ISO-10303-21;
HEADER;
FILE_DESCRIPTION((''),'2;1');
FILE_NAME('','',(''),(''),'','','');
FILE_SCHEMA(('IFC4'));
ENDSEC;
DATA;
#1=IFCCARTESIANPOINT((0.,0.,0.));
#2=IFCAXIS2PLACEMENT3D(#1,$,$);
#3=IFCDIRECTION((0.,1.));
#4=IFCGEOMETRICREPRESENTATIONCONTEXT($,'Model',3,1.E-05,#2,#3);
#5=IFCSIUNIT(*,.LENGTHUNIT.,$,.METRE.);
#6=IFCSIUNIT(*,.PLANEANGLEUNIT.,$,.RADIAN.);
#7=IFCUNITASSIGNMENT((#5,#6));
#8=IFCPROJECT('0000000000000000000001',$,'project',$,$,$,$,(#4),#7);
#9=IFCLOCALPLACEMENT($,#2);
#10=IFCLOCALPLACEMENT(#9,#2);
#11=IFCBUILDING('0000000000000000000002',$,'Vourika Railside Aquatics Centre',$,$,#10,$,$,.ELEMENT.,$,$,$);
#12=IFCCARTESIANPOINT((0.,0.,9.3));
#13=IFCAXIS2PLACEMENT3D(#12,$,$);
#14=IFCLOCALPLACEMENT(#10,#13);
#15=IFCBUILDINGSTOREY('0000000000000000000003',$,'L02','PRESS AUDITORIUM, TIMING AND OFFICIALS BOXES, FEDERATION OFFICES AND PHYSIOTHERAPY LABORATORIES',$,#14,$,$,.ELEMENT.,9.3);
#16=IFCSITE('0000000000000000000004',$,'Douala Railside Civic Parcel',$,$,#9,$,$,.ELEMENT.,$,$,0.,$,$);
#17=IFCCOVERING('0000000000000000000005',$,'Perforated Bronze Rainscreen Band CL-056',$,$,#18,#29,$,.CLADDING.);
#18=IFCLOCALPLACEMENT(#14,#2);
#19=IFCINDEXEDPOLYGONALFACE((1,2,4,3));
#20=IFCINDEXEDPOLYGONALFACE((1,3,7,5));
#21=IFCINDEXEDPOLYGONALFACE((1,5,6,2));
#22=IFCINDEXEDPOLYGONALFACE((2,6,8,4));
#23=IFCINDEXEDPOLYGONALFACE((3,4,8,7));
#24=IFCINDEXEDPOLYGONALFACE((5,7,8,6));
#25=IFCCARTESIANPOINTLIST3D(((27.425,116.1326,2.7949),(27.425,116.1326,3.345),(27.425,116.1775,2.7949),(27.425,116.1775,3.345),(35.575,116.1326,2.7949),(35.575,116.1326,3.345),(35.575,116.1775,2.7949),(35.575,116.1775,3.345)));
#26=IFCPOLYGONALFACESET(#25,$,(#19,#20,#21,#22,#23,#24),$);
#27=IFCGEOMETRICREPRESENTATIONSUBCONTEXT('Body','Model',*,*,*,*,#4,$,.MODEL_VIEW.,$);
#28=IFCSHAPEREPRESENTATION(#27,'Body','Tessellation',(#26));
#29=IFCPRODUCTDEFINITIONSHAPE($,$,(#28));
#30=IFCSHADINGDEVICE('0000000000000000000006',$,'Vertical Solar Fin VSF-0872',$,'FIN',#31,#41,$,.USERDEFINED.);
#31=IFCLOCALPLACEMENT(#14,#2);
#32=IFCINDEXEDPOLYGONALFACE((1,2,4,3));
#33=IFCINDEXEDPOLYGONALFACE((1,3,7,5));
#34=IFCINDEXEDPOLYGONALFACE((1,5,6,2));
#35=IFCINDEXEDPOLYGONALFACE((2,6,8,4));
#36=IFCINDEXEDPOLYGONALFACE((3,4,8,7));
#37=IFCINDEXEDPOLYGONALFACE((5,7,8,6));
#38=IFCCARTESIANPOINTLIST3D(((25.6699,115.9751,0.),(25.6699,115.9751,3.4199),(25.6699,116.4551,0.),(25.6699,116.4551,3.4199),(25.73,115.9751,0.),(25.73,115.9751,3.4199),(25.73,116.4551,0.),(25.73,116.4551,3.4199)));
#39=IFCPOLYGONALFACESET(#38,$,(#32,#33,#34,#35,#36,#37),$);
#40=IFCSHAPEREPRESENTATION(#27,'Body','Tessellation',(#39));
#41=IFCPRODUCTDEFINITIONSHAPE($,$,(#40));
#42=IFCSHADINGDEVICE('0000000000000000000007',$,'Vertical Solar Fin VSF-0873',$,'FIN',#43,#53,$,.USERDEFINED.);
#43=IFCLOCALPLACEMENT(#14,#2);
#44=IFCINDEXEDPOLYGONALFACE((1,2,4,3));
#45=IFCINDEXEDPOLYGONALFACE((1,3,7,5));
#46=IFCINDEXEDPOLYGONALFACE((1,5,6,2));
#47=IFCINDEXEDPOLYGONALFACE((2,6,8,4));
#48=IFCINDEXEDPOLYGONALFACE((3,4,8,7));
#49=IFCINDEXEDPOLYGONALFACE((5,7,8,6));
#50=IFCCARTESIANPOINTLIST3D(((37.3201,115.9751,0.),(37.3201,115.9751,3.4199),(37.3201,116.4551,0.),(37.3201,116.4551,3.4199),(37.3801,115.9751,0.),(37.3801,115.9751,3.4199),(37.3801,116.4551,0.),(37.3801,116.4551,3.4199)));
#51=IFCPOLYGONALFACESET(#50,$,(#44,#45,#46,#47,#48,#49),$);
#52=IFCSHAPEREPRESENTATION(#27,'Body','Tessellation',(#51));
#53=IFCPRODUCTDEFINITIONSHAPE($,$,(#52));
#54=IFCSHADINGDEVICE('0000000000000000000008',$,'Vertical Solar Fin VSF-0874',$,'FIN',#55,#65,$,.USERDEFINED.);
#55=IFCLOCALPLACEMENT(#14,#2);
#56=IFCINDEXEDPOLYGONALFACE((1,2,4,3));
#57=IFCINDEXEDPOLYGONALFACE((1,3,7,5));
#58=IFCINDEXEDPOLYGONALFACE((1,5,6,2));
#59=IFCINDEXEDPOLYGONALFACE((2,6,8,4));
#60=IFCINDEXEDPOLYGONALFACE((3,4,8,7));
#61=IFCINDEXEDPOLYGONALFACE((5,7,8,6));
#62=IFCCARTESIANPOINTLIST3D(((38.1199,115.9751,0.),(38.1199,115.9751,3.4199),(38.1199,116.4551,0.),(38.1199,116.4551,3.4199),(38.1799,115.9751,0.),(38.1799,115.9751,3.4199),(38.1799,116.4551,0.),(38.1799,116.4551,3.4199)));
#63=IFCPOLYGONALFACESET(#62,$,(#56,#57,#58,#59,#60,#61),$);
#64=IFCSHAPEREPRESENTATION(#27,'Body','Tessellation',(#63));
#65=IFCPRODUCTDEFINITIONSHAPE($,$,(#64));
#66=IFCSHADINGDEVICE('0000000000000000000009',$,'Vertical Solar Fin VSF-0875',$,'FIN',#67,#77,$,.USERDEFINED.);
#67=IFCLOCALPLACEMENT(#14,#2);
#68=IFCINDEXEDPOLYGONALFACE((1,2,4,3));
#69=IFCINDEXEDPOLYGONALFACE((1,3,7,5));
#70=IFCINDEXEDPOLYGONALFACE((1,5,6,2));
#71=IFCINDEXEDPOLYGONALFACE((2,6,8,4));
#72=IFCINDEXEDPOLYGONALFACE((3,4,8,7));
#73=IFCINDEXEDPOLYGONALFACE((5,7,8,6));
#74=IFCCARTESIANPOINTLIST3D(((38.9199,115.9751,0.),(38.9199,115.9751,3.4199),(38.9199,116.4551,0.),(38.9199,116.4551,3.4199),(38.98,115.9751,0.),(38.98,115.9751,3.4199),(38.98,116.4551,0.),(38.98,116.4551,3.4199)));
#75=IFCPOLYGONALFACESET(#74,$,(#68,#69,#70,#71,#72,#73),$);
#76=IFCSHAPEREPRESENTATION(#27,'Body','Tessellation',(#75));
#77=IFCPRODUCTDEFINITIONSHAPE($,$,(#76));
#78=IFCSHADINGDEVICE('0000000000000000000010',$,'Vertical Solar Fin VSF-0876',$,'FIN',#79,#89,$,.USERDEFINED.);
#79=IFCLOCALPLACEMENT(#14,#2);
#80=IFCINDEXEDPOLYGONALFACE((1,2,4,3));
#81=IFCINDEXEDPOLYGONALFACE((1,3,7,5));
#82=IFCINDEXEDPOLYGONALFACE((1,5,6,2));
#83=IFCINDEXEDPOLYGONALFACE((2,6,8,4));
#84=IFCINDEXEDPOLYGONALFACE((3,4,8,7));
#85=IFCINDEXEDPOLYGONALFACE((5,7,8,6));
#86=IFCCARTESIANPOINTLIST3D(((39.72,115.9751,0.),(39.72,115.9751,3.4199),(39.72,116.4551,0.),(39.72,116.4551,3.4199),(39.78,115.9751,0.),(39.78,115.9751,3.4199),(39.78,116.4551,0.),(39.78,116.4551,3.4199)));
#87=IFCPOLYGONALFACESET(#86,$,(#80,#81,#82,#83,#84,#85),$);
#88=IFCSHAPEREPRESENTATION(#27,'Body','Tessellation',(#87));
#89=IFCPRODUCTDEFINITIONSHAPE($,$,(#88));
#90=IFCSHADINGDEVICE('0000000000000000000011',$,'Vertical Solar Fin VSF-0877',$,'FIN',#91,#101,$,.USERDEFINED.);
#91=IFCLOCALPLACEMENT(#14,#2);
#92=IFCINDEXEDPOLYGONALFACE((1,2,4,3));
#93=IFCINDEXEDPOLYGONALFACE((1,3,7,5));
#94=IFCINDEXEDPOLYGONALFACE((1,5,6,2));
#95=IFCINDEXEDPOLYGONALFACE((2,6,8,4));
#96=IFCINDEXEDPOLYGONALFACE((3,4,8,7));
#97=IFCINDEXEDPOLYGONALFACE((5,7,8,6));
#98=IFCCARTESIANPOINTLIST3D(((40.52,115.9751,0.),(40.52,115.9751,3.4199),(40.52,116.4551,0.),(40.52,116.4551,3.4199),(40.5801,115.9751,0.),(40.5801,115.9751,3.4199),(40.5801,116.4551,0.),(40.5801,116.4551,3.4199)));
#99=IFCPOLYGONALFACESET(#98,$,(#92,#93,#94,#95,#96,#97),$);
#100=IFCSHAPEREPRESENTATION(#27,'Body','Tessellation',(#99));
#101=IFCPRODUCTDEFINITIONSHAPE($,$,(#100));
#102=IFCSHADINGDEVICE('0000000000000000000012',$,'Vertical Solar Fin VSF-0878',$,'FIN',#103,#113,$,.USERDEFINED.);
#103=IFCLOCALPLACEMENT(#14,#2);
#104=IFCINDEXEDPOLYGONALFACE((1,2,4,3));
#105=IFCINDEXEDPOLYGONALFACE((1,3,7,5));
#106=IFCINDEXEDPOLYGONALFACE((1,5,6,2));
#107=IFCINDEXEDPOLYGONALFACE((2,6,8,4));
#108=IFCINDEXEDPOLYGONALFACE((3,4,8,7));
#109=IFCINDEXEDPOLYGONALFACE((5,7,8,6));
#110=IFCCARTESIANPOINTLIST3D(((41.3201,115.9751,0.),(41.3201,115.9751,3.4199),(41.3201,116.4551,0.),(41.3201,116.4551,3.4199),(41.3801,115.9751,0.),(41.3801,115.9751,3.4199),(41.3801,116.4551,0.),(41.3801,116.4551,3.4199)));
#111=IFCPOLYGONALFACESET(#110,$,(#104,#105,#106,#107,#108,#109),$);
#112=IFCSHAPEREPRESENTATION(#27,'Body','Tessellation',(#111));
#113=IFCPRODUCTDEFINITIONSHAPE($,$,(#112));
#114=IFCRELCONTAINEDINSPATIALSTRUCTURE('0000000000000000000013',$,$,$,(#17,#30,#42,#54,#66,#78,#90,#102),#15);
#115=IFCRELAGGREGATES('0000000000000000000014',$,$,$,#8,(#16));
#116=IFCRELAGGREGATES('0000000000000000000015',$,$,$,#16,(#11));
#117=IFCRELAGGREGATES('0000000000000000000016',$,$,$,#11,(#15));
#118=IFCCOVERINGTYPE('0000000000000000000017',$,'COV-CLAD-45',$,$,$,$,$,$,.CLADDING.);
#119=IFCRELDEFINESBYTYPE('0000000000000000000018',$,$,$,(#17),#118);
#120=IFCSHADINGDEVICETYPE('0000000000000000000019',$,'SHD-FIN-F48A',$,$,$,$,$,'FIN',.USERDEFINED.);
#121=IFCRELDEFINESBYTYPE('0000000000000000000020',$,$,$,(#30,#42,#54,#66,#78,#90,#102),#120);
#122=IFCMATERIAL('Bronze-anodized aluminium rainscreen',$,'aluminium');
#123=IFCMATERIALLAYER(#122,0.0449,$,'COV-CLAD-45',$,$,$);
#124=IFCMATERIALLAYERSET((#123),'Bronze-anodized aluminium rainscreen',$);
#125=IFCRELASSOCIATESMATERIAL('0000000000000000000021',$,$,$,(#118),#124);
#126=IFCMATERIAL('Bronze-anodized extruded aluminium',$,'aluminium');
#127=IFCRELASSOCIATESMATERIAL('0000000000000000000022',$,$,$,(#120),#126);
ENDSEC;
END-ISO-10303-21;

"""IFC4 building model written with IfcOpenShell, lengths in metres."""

from ifc_helpers import new_model, si_unit, direction, frame, origin, origin_2d, place, context, subcontext, project, spatial, rectangle, extrude, material, layer, layer_set, material_profile, profile_set, type_object, element, save


model = new_model("IFC4")

# Units and contexts
model_context = context("Model", 3, precision=1e-05, world=origin(), true_north=direction((0.0, 1.0)))
body_context = subcontext(model_context, "Body", "Model", "MODEL_VIEW")
ifc_project = project(units=[si_unit("LENGTHUNIT", "METRE"), si_unit("PLANEANGLEUNIT", "RADIAN")], contexts=[model_context])

# Site, building, storey
site_placement = place(None, origin())
site = spatial("IfcSite", under=ifc_project, at=site_placement, Name="Douala Railside Civic Parcel", CompositionType="ELEMENT", RefElevation=0.0)
building_placement = place(site_placement, origin())
building = spatial("IfcBuilding", under=site, at=building_placement, Name="Vourika Railside Aquatics Centre", CompositionType="ELEMENT")
storey_placement = place(building_placement, frame((0.0, 0.0, 9.3)))
storey = spatial("IfcBuildingStorey", under=building, at=storey_placement, Name="L02", Description="PRESS AUDITORIUM, TIMING AND OFFICIALS BOXES, FEDERATION OFFICES AND PHYSIOTHERAPY LABORATORIES", CompositionType="ELEMENT", Elevation=9.3)

# Covering
ifc_material_1 = material(Name="Bronze-anodized aluminium rainscreen", Category="aluminium")
ifc_layer_1 = layer(ifc_material_1, 0.0449, Name="COV-CLAD-45")
ifc_layer_set_1 = layer_set([ifc_layer_1], Name="Bronze-anodized aluminium rainscreen")
covering_type = type_object("IfcCoveringType", Name="COV-CLAD-45", PredefinedType="CLADDING", material=ifc_layer_set_1)
covering_placement = place(storey_placement, frame((31.5, 116.155, 2.7949), z_axis=(0.0, 0.0, 1.0), x_axis=(-1.0, 0.0, 0.0)))
element("IfcCovering", 1, at=covering_placement, inside=storey, type_object=covering_type, Name="Perforated Bronze Rainscreen Band CL-056", PredefinedType="CLADDING", context=body_context, shape_type="SweptSolid", body=[
    extrude(rectangle(XDim=8.1499, YDim=0.0449, at=origin_2d()), origin(), (0.0, 0.0, 1.0), 0.55),
])

# Shading devices
ifc_material_2 = material(Name="Bronze-anodized extruded aluminium", Category="aluminium")
ifc_material_profile_1 = material_profile(ifc_material_2, rectangle(XDim=0.0601, YDim=0.48, at=origin_2d()), Name="ALU-FIN 60x480")
ifc_profile_set_1 = profile_set([ifc_material_profile_1], Name="Bronze-anodized extruded aluminium")
shading_device_type = type_object("IfcShadingDeviceType", Name="SHD-FIN-F48A", ElementType="FIN", PredefinedType="USERDEFINED", material=ifc_profile_set_1)
for number, where, z_axis, x_axis, name in (
    (2, (25.7, 116.2151, 0.0), (0.0, 0.0, 1.0), (1.0, 0.0, 0.0), "Vertical Solar Fin VSF-0872"),
    (3, (37.3501, 116.2151, 0.0), (0.0, 0.0, 1.0), (1.0, 0.0, 0.0), "Vertical Solar Fin VSF-0873"),
    (4, (38.1499, 116.2151, 0.0), (0.0, 0.0, 1.0), (1.0, 0.0, 0.0), "Vertical Solar Fin VSF-0874"),
    (5, (38.95, 116.2151, 0.0), (0.0, 0.0, 1.0), (1.0, 0.0, 0.0), "Vertical Solar Fin VSF-0875"),
    (6, (39.75, 116.2151, 0.0), (0.0, 0.0, 1.0), (1.0, 0.0, 0.0), "Vertical Solar Fin VSF-0876"),
    (7, (40.55, 116.2151, 0.0), (0.0, 0.0, 1.0), (1.0, 0.0, 0.0), "Vertical Solar Fin VSF-0877"),
    (8, (41.3501, 116.2151, 0.0), (0.0, 0.0, 1.0), (1.0, 0.0, 0.0), "Vertical Solar Fin VSF-0878"),
):
    element("IfcShadingDevice", number, at=place(storey_placement, frame(where, z_axis=z_axis, x_axis=x_axis)), inside=storey, type_object=shading_device_type, Name=name, ObjectType="FIN", PredefinedType="USERDEFINED", context=body_context, shape_type="SweptSolid", body=[
        extrude(rectangle(XDim=0.0601, YDim=0.48, at=origin_2d()), origin(), (0.0, 0.0, 1.0), 3.4199),
    ])

save(model, "model.ifc")
